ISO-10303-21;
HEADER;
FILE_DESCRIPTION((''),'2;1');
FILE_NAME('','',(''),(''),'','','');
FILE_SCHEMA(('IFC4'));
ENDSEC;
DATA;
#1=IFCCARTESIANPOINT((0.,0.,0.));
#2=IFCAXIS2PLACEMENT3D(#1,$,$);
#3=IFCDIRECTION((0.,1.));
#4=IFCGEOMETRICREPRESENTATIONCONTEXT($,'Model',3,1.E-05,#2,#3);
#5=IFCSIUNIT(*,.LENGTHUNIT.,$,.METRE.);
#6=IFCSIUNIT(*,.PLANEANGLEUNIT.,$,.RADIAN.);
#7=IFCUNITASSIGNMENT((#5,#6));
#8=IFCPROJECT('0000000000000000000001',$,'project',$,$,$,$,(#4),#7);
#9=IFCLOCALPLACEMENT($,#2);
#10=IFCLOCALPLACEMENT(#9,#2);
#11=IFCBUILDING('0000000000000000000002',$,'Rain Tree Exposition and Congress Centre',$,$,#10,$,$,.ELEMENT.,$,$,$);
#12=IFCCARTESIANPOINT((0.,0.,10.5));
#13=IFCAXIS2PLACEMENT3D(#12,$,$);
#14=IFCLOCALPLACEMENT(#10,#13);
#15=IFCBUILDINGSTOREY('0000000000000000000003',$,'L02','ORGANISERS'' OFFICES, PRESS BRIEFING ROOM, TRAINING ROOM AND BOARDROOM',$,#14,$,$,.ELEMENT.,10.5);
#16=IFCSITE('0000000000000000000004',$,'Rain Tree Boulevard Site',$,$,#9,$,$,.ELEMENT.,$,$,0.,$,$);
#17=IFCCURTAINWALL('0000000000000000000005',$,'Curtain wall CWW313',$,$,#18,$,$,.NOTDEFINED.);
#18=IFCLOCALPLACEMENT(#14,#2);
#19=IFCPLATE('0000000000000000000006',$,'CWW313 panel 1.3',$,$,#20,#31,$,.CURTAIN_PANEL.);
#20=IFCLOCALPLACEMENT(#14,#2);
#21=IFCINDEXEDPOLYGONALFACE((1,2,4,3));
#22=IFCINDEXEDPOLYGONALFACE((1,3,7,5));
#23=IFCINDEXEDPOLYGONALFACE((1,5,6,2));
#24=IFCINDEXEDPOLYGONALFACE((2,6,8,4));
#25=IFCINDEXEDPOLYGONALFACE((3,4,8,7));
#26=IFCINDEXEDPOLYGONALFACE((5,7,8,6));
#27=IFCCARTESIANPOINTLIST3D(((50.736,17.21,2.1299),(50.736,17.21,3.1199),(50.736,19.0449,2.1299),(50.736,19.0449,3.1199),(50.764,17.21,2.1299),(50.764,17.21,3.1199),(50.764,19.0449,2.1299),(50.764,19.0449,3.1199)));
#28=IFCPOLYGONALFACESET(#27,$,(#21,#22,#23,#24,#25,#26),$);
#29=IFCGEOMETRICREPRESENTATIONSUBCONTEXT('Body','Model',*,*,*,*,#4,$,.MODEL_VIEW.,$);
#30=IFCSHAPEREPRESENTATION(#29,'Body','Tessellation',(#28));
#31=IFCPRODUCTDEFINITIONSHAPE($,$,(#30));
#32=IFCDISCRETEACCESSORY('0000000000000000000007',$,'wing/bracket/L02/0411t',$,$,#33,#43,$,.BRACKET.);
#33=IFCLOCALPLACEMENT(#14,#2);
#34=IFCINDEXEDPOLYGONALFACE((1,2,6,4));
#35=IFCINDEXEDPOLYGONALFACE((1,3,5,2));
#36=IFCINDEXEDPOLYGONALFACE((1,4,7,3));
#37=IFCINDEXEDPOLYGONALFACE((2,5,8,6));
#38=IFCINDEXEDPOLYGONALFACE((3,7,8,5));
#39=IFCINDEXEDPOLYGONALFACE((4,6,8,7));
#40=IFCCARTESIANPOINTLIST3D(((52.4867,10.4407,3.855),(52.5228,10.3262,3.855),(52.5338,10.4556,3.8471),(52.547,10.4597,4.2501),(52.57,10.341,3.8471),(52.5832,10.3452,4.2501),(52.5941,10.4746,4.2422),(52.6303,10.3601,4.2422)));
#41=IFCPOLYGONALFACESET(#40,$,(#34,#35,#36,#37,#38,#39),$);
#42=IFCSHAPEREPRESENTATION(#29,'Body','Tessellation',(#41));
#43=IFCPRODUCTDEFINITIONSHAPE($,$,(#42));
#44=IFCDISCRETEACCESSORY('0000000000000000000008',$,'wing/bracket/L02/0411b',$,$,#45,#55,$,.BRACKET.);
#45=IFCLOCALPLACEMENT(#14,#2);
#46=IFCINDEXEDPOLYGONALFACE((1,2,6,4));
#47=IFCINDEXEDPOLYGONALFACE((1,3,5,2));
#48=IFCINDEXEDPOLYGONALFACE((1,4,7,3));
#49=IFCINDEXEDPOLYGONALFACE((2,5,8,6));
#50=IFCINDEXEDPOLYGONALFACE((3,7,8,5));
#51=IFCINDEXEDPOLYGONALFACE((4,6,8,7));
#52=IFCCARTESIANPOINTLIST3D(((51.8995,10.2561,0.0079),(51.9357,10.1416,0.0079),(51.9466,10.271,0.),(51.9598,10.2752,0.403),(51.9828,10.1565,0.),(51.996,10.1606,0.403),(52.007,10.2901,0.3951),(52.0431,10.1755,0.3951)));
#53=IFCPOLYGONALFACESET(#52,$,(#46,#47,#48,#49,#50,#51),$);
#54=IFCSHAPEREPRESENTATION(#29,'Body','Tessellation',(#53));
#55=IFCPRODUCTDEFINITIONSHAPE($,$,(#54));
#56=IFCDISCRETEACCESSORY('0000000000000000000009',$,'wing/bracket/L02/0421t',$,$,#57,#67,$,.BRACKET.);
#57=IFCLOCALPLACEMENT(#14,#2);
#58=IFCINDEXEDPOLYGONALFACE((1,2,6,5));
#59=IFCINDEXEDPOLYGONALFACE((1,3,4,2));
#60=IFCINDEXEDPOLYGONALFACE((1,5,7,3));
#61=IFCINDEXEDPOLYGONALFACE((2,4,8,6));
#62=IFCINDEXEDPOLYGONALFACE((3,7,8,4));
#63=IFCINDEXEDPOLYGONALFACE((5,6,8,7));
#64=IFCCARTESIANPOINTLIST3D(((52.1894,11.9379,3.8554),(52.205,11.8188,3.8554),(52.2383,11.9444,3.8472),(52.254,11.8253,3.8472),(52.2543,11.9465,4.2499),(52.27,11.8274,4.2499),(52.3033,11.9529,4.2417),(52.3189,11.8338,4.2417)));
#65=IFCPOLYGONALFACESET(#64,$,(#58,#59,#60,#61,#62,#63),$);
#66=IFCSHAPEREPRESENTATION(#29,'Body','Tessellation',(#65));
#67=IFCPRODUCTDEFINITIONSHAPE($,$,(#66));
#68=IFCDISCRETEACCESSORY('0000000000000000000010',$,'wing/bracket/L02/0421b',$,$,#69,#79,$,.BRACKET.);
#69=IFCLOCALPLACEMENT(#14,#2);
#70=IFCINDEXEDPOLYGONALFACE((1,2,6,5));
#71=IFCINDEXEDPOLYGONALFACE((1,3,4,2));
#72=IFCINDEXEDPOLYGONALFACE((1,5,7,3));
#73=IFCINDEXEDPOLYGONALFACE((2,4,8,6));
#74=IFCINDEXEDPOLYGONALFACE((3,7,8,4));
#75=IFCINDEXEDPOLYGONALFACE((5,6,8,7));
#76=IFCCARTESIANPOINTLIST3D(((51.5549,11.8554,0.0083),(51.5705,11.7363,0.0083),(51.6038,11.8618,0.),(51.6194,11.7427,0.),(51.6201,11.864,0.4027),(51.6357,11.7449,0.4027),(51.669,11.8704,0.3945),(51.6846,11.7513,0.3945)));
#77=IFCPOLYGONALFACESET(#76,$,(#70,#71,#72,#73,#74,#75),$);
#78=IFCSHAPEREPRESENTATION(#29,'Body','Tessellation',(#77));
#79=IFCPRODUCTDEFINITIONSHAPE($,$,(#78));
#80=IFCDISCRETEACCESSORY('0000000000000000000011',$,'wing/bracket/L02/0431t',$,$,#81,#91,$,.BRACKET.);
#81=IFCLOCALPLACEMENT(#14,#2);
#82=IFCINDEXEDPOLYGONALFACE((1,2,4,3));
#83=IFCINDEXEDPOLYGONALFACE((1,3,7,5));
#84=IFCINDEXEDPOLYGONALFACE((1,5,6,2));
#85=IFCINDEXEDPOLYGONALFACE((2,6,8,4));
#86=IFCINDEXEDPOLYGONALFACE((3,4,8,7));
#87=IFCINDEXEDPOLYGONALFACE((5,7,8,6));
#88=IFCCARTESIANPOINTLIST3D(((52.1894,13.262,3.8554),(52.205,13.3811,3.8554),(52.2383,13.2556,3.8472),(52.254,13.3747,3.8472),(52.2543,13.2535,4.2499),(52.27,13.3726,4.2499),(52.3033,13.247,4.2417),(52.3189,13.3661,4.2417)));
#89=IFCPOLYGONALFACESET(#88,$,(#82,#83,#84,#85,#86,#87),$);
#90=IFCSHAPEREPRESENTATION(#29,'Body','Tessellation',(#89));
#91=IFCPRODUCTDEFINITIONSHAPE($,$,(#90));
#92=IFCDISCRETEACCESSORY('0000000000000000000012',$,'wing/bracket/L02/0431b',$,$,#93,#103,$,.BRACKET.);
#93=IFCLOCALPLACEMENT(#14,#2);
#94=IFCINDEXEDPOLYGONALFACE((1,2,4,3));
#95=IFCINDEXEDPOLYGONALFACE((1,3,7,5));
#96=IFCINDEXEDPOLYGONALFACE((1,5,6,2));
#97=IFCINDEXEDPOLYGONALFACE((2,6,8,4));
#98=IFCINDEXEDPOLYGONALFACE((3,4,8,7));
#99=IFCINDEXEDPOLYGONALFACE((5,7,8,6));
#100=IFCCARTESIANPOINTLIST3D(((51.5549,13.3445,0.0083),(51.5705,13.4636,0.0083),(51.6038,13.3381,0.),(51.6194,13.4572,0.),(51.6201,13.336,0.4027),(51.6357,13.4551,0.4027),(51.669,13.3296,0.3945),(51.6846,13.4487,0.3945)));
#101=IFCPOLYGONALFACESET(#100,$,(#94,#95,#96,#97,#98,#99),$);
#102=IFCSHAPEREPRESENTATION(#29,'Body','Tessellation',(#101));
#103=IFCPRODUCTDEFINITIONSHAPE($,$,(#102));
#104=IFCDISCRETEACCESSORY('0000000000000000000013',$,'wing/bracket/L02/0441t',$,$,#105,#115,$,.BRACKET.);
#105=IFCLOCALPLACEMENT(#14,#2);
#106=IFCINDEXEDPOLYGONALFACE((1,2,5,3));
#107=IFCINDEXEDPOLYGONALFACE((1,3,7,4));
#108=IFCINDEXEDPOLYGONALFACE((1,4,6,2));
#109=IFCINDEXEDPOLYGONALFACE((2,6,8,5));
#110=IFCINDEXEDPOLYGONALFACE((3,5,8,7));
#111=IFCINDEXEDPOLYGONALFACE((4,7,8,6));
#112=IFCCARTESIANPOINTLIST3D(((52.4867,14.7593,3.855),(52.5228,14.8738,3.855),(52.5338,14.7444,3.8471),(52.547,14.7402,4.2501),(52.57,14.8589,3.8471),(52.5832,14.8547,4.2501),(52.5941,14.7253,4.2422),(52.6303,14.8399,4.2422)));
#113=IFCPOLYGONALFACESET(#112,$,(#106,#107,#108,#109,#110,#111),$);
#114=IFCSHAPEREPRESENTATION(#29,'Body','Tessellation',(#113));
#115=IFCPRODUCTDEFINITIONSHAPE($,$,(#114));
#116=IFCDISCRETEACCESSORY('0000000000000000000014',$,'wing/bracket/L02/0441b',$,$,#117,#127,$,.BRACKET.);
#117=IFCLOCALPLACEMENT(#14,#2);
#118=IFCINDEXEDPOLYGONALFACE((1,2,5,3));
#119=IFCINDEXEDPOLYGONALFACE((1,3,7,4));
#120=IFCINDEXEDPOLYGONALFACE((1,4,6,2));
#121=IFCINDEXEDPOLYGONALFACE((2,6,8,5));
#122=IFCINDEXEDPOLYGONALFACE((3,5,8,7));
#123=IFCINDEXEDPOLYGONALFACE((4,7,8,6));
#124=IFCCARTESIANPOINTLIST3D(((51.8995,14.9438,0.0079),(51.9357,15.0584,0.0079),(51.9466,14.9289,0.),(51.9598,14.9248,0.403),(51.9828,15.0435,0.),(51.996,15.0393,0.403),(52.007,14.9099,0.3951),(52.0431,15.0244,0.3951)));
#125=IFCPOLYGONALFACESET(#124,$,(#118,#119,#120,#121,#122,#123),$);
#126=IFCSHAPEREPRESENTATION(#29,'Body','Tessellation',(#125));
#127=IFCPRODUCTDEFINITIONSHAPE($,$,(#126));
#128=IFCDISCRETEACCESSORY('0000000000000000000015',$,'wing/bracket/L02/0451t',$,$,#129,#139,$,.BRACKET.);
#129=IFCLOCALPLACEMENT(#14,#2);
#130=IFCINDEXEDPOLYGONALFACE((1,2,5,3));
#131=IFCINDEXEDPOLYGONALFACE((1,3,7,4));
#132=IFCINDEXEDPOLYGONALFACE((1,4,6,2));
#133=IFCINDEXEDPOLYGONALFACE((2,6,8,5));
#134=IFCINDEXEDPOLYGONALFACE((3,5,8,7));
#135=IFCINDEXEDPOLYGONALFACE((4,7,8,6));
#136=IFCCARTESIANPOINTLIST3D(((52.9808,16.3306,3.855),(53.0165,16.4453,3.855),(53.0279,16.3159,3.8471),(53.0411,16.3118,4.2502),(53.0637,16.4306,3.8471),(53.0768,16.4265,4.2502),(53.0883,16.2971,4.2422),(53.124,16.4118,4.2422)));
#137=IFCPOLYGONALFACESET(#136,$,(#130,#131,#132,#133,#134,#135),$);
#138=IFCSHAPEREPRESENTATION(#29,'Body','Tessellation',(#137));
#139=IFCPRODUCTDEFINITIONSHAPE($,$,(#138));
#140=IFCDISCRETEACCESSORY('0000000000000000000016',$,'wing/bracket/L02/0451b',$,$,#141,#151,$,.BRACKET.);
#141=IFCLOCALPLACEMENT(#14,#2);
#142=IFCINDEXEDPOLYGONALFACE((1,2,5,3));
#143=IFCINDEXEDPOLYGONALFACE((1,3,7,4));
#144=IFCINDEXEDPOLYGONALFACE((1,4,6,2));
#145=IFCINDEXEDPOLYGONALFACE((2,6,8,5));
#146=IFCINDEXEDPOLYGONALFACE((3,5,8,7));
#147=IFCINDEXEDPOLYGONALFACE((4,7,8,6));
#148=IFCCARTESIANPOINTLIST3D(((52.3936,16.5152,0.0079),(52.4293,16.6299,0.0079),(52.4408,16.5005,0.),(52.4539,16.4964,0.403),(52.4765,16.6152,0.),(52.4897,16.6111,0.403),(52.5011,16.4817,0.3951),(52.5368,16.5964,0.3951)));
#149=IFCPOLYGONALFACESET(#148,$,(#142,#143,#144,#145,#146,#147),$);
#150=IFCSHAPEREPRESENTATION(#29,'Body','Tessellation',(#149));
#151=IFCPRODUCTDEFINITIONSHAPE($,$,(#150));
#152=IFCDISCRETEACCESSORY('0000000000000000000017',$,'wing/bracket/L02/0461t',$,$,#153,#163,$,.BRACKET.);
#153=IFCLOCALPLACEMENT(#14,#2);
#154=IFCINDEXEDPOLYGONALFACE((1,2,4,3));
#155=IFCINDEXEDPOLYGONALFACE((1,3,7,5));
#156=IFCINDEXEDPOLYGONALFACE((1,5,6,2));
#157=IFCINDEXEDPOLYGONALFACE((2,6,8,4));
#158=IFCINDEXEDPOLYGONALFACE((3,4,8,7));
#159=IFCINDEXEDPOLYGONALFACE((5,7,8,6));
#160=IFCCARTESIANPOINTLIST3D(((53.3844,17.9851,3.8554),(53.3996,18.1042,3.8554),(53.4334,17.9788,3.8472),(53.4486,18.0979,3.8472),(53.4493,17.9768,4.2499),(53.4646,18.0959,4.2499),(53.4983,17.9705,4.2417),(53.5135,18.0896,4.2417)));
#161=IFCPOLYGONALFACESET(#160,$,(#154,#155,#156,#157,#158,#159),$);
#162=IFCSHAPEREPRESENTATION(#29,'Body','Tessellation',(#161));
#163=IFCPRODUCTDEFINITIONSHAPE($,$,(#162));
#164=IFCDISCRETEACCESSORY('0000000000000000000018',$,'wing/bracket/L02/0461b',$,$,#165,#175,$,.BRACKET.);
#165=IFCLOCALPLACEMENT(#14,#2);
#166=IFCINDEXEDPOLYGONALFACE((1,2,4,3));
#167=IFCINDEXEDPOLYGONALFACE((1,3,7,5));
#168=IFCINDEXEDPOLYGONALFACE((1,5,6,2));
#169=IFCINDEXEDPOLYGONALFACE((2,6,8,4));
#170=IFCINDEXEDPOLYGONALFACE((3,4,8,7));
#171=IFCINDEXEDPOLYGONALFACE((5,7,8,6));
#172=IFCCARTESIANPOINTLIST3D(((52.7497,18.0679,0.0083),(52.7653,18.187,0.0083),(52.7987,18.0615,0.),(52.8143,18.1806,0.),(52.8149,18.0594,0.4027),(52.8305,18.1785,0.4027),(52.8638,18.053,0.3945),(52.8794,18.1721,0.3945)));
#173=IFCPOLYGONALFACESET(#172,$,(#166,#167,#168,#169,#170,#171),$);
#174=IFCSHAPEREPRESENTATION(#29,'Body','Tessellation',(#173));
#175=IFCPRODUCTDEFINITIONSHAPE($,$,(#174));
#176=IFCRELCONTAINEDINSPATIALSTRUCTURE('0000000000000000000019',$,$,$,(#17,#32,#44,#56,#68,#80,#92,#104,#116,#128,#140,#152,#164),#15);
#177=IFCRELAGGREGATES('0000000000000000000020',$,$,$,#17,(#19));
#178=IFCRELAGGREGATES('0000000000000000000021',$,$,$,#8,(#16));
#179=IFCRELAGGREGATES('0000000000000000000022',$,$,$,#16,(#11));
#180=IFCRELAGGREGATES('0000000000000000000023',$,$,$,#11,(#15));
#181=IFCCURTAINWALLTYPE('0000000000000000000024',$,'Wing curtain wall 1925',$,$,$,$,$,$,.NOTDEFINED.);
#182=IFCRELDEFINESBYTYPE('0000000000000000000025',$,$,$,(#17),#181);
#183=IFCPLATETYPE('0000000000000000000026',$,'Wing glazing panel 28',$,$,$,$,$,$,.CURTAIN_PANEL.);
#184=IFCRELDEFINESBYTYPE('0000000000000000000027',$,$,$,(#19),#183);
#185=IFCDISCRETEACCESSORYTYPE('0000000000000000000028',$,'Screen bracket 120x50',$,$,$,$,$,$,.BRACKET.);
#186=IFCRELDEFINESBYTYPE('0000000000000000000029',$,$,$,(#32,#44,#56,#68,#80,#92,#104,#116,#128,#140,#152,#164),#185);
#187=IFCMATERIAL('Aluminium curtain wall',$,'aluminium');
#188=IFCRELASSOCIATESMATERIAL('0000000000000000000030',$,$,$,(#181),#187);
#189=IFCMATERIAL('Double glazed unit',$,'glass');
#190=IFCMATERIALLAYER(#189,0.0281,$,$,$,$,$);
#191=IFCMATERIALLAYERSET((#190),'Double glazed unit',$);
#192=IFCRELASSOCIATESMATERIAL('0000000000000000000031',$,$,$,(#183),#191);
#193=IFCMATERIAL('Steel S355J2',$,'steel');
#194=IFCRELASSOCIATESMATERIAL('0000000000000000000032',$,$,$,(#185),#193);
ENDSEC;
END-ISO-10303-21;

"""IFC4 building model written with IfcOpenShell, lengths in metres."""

from ifc_helpers import new_model, si_unit, direction, frame, origin, origin_2d, place, context, subcontext, project, spatial, rectangle, extrude, material, layer, layer_set, material_profile, profile_set, type_object, element, aggregate, save


model = new_model("IFC4")

# Units and contexts
model_context = context("Model", 3, precision=1e-05, world=origin(), true_north=direction((0.0, 1.0)))
body_context = subcontext(model_context, "Body", "Model", "MODEL_VIEW")
ifc_project = project(units=[si_unit("LENGTHUNIT", "METRE"), si_unit("PLANEANGLEUNIT", "RADIAN")], contexts=[model_context])

# Site, building, storey
site_placement = place(None, origin())
site = spatial("IfcSite", under=ifc_project, at=site_placement, Name="Rain Tree Boulevard Site", CompositionType="ELEMENT", RefElevation=0.0)
building_placement = place(site_placement, origin())
building = spatial("IfcBuilding", under=site, at=building_placement, Name="Rain Tree Exposition and Congress Centre", CompositionType="ELEMENT")
storey_placement = place(building_placement, frame((0.0, 0.0, 10.5)))
storey = spatial("IfcBuildingStorey", under=building, at=storey_placement, Name="L02", Description="ORGANISERS' OFFICES, PRESS BRIEFING ROOM, TRAINING ROOM AND BOARDROOM", CompositionType="ELEMENT", Elevation=10.5)

# Curtain wall
ifc_material_1 = material(Name="Aluminium curtain wall", Category="aluminium")
curtain_wall_type = type_object("IfcCurtainWallType", Name="Wing curtain wall 1925", PredefinedType="NOTDEFINED", material=ifc_material_1)
curtain_wall_1_placement = place(storey_placement, origin())
curtain_wall_1 = element("IfcCurtainWall", 1, at=curtain_wall_1_placement, inside=storey, type_object=curtain_wall_type, Name="Curtain wall CWW313", PredefinedType="NOTDEFINED")

# Plate
ifc_material_2 = material(Name="Double glazed unit", Category="glass")
ifc_layer_1 = layer(ifc_material_2, 0.0281)
ifc_layer_set_1 = layer_set([ifc_layer_1], Name="Double glazed unit")
plate_type = type_object("IfcPlateType", Name="Wing glazing panel 28", PredefinedType="CURTAIN_PANEL", material=ifc_layer_set_1)
plate_1_placement = place(storey_placement, frame((50.75, 18.1274, 2.1299), z_axis=(0.0, 0.0, 1.0), x_axis=(0.0, 1.0, 0.0)))
plate_1 = element("IfcPlate", 2, at=plate_1_placement, type_object=plate_type, Name="CWW313 panel 1.3", PredefinedType="CURTAIN_PANEL", context=body_context, shape_type="SweptSolid", body=[
    extrude(rectangle(XDim=1.835, YDim=0.0281, at=origin_2d()), origin(), (0.0, 0.0, 1.0), 0.99),
])
aggregate(curtain_wall_1, [plate_1])

# Discrete accessories
ifc_material_3 = material(Name="Steel S355J2", Category="steel")
ifc_material_profile_1 = material_profile(ifc_material_3, rectangle(XDim=0.1201, YDim=0.05, at=origin_2d()), Name="Flat bar 120x50")
ifc_profile_set_1 = profile_set([ifc_material_profile_1], Name="Steel S355J2")
discrete_accessory_type = type_object("IfcDiscreteAccessoryType", Name="Screen bracket 120x50", PredefinedType="BRACKET", material=ifc_profile_set_1)
for number, where, z_axis, x_axis, name in (
    (3, (52.5283, 10.3909, 3.8511), (0.150738, 0.047602, 0.987427), (-0.301131, 0.953583, 0.0), "wing/bracket/L02/0411t"),
    (4, (51.9412, 10.2063, 0.0039), (0.150738, 0.047602, 0.987427), (-0.301131, 0.953583, 0.0), "wing/bracket/L02/0411b"),
):
    element("IfcDiscreteAccessory", number, at=place(storey_placement, frame(where, z_axis=z_axis, x_axis=x_axis)), inside=storey, type_object=discrete_accessory_type, Name=name, PredefinedType="BRACKET", context=body_context, shape_type="SweptSolid", body=[
        extrude(rectangle(XDim=0.1201, YDim=0.05, at=origin_2d()), origin(), (0.0, 0.0, 1.0), 0.4001),
    ])
for number, where, z_axis, x_axis, name in (
    (5, (52.2217, 11.8816, 3.8513), (0.162381, 0.021366, 0.986497), (-0.130455, 0.991454, 0.0), "wing/bracket/L02/0421t"),
    (6, (51.5872, 11.7991, 0.0042), (0.162976, 0.021364, 0.986399), (-0.129974, 0.991517, 0.0), "wing/bracket/L02/0421b"),
    (7, (52.2217, 13.3184, 3.8513), (0.162381, -0.021366, 0.986497), (0.130455, 0.991454, 0.0), "wing/bracket/L02/0431t"),
    (8, (51.5872, 13.4009, 0.0042), (0.162976, -0.021364, 0.986399), (0.129974, 0.991517, 0.0), "wing/bracket/L02/0431b"),
):
    element("IfcDiscreteAccessory", number, at=place(storey_placement, frame(where, z_axis=z_axis, x_axis=x_axis)), inside=storey, type_object=discrete_accessory_type, Name=name, PredefinedType="BRACKET", context=body_context, shape_type="SweptSolid", body=[
        extrude(rectangle(XDim=0.1201, YDim=0.05, at=origin_2d()), origin(), (0.0, 0.0, 1.0), 0.3999),
    ])
for number, where, z_axis, x_axis, name in (
    (9, (52.5283, 14.8091, 3.8511), (0.150738, -0.047602, 0.987427), (0.301131, 0.953583, 0.0), "wing/bracket/L02/0441t"),
    (10, (51.9412, 14.9937, 0.0039), (0.150738, -0.047602, 0.987427), (0.301131, 0.953583, 0.0), "wing/bracket/L02/0441b"),
    (11, (53.0222, 16.3806, 3.8511), (0.150743, -0.046993, 0.987456), (0.297615, 0.954686, 0.0), "wing/bracket/L02/0451t"),
    (12, (52.4351, 16.5652, 0.0039), (0.150743, -0.046993, 0.987456), (0.297615, 0.954686, 0.0), "wing/bracket/L02/0451b"),
):
    element("IfcDiscreteAccessory", number, at=place(storey_placement, frame(where, z_axis=z_axis, x_axis=x_axis)), inside=storey, type_object=discrete_accessory_type, Name=name, PredefinedType="BRACKET", context=body_context, shape_type="SweptSolid", body=[
        extrude(rectangle(XDim=0.1201, YDim=0.05, at=origin_2d()), origin(), (0.0, 0.0, 1.0), 0.4001),
    ])
for number, where, z_axis, x_axis, name in (
    (13, (53.4165, 18.0415, 3.8513), (0.162383, -0.020756, 0.986509), (0.126788, 0.99193, 0.0), "wing/bracket/L02/0461t"),
    (14, (52.782, 18.1243, 0.0042), (0.162976, -0.021364, 0.986399), (0.129974, 0.991517, 0.0), "wing/bracket/L02/0461b"),
):
    element("IfcDiscreteAccessory", number, at=place(storey_placement, frame(where, z_axis=z_axis, x_axis=x_axis)), inside=storey, type_object=discrete_accessory_type, Name=name, PredefinedType="BRACKET", context=body_context, shape_type="SweptSolid", body=[
        extrude(rectangle(XDim=0.1201, YDim=0.05, at=origin_2d()), origin(), (0.0, 0.0, 1.0), 0.3999),
    ])

save(model, "model.ifc")
